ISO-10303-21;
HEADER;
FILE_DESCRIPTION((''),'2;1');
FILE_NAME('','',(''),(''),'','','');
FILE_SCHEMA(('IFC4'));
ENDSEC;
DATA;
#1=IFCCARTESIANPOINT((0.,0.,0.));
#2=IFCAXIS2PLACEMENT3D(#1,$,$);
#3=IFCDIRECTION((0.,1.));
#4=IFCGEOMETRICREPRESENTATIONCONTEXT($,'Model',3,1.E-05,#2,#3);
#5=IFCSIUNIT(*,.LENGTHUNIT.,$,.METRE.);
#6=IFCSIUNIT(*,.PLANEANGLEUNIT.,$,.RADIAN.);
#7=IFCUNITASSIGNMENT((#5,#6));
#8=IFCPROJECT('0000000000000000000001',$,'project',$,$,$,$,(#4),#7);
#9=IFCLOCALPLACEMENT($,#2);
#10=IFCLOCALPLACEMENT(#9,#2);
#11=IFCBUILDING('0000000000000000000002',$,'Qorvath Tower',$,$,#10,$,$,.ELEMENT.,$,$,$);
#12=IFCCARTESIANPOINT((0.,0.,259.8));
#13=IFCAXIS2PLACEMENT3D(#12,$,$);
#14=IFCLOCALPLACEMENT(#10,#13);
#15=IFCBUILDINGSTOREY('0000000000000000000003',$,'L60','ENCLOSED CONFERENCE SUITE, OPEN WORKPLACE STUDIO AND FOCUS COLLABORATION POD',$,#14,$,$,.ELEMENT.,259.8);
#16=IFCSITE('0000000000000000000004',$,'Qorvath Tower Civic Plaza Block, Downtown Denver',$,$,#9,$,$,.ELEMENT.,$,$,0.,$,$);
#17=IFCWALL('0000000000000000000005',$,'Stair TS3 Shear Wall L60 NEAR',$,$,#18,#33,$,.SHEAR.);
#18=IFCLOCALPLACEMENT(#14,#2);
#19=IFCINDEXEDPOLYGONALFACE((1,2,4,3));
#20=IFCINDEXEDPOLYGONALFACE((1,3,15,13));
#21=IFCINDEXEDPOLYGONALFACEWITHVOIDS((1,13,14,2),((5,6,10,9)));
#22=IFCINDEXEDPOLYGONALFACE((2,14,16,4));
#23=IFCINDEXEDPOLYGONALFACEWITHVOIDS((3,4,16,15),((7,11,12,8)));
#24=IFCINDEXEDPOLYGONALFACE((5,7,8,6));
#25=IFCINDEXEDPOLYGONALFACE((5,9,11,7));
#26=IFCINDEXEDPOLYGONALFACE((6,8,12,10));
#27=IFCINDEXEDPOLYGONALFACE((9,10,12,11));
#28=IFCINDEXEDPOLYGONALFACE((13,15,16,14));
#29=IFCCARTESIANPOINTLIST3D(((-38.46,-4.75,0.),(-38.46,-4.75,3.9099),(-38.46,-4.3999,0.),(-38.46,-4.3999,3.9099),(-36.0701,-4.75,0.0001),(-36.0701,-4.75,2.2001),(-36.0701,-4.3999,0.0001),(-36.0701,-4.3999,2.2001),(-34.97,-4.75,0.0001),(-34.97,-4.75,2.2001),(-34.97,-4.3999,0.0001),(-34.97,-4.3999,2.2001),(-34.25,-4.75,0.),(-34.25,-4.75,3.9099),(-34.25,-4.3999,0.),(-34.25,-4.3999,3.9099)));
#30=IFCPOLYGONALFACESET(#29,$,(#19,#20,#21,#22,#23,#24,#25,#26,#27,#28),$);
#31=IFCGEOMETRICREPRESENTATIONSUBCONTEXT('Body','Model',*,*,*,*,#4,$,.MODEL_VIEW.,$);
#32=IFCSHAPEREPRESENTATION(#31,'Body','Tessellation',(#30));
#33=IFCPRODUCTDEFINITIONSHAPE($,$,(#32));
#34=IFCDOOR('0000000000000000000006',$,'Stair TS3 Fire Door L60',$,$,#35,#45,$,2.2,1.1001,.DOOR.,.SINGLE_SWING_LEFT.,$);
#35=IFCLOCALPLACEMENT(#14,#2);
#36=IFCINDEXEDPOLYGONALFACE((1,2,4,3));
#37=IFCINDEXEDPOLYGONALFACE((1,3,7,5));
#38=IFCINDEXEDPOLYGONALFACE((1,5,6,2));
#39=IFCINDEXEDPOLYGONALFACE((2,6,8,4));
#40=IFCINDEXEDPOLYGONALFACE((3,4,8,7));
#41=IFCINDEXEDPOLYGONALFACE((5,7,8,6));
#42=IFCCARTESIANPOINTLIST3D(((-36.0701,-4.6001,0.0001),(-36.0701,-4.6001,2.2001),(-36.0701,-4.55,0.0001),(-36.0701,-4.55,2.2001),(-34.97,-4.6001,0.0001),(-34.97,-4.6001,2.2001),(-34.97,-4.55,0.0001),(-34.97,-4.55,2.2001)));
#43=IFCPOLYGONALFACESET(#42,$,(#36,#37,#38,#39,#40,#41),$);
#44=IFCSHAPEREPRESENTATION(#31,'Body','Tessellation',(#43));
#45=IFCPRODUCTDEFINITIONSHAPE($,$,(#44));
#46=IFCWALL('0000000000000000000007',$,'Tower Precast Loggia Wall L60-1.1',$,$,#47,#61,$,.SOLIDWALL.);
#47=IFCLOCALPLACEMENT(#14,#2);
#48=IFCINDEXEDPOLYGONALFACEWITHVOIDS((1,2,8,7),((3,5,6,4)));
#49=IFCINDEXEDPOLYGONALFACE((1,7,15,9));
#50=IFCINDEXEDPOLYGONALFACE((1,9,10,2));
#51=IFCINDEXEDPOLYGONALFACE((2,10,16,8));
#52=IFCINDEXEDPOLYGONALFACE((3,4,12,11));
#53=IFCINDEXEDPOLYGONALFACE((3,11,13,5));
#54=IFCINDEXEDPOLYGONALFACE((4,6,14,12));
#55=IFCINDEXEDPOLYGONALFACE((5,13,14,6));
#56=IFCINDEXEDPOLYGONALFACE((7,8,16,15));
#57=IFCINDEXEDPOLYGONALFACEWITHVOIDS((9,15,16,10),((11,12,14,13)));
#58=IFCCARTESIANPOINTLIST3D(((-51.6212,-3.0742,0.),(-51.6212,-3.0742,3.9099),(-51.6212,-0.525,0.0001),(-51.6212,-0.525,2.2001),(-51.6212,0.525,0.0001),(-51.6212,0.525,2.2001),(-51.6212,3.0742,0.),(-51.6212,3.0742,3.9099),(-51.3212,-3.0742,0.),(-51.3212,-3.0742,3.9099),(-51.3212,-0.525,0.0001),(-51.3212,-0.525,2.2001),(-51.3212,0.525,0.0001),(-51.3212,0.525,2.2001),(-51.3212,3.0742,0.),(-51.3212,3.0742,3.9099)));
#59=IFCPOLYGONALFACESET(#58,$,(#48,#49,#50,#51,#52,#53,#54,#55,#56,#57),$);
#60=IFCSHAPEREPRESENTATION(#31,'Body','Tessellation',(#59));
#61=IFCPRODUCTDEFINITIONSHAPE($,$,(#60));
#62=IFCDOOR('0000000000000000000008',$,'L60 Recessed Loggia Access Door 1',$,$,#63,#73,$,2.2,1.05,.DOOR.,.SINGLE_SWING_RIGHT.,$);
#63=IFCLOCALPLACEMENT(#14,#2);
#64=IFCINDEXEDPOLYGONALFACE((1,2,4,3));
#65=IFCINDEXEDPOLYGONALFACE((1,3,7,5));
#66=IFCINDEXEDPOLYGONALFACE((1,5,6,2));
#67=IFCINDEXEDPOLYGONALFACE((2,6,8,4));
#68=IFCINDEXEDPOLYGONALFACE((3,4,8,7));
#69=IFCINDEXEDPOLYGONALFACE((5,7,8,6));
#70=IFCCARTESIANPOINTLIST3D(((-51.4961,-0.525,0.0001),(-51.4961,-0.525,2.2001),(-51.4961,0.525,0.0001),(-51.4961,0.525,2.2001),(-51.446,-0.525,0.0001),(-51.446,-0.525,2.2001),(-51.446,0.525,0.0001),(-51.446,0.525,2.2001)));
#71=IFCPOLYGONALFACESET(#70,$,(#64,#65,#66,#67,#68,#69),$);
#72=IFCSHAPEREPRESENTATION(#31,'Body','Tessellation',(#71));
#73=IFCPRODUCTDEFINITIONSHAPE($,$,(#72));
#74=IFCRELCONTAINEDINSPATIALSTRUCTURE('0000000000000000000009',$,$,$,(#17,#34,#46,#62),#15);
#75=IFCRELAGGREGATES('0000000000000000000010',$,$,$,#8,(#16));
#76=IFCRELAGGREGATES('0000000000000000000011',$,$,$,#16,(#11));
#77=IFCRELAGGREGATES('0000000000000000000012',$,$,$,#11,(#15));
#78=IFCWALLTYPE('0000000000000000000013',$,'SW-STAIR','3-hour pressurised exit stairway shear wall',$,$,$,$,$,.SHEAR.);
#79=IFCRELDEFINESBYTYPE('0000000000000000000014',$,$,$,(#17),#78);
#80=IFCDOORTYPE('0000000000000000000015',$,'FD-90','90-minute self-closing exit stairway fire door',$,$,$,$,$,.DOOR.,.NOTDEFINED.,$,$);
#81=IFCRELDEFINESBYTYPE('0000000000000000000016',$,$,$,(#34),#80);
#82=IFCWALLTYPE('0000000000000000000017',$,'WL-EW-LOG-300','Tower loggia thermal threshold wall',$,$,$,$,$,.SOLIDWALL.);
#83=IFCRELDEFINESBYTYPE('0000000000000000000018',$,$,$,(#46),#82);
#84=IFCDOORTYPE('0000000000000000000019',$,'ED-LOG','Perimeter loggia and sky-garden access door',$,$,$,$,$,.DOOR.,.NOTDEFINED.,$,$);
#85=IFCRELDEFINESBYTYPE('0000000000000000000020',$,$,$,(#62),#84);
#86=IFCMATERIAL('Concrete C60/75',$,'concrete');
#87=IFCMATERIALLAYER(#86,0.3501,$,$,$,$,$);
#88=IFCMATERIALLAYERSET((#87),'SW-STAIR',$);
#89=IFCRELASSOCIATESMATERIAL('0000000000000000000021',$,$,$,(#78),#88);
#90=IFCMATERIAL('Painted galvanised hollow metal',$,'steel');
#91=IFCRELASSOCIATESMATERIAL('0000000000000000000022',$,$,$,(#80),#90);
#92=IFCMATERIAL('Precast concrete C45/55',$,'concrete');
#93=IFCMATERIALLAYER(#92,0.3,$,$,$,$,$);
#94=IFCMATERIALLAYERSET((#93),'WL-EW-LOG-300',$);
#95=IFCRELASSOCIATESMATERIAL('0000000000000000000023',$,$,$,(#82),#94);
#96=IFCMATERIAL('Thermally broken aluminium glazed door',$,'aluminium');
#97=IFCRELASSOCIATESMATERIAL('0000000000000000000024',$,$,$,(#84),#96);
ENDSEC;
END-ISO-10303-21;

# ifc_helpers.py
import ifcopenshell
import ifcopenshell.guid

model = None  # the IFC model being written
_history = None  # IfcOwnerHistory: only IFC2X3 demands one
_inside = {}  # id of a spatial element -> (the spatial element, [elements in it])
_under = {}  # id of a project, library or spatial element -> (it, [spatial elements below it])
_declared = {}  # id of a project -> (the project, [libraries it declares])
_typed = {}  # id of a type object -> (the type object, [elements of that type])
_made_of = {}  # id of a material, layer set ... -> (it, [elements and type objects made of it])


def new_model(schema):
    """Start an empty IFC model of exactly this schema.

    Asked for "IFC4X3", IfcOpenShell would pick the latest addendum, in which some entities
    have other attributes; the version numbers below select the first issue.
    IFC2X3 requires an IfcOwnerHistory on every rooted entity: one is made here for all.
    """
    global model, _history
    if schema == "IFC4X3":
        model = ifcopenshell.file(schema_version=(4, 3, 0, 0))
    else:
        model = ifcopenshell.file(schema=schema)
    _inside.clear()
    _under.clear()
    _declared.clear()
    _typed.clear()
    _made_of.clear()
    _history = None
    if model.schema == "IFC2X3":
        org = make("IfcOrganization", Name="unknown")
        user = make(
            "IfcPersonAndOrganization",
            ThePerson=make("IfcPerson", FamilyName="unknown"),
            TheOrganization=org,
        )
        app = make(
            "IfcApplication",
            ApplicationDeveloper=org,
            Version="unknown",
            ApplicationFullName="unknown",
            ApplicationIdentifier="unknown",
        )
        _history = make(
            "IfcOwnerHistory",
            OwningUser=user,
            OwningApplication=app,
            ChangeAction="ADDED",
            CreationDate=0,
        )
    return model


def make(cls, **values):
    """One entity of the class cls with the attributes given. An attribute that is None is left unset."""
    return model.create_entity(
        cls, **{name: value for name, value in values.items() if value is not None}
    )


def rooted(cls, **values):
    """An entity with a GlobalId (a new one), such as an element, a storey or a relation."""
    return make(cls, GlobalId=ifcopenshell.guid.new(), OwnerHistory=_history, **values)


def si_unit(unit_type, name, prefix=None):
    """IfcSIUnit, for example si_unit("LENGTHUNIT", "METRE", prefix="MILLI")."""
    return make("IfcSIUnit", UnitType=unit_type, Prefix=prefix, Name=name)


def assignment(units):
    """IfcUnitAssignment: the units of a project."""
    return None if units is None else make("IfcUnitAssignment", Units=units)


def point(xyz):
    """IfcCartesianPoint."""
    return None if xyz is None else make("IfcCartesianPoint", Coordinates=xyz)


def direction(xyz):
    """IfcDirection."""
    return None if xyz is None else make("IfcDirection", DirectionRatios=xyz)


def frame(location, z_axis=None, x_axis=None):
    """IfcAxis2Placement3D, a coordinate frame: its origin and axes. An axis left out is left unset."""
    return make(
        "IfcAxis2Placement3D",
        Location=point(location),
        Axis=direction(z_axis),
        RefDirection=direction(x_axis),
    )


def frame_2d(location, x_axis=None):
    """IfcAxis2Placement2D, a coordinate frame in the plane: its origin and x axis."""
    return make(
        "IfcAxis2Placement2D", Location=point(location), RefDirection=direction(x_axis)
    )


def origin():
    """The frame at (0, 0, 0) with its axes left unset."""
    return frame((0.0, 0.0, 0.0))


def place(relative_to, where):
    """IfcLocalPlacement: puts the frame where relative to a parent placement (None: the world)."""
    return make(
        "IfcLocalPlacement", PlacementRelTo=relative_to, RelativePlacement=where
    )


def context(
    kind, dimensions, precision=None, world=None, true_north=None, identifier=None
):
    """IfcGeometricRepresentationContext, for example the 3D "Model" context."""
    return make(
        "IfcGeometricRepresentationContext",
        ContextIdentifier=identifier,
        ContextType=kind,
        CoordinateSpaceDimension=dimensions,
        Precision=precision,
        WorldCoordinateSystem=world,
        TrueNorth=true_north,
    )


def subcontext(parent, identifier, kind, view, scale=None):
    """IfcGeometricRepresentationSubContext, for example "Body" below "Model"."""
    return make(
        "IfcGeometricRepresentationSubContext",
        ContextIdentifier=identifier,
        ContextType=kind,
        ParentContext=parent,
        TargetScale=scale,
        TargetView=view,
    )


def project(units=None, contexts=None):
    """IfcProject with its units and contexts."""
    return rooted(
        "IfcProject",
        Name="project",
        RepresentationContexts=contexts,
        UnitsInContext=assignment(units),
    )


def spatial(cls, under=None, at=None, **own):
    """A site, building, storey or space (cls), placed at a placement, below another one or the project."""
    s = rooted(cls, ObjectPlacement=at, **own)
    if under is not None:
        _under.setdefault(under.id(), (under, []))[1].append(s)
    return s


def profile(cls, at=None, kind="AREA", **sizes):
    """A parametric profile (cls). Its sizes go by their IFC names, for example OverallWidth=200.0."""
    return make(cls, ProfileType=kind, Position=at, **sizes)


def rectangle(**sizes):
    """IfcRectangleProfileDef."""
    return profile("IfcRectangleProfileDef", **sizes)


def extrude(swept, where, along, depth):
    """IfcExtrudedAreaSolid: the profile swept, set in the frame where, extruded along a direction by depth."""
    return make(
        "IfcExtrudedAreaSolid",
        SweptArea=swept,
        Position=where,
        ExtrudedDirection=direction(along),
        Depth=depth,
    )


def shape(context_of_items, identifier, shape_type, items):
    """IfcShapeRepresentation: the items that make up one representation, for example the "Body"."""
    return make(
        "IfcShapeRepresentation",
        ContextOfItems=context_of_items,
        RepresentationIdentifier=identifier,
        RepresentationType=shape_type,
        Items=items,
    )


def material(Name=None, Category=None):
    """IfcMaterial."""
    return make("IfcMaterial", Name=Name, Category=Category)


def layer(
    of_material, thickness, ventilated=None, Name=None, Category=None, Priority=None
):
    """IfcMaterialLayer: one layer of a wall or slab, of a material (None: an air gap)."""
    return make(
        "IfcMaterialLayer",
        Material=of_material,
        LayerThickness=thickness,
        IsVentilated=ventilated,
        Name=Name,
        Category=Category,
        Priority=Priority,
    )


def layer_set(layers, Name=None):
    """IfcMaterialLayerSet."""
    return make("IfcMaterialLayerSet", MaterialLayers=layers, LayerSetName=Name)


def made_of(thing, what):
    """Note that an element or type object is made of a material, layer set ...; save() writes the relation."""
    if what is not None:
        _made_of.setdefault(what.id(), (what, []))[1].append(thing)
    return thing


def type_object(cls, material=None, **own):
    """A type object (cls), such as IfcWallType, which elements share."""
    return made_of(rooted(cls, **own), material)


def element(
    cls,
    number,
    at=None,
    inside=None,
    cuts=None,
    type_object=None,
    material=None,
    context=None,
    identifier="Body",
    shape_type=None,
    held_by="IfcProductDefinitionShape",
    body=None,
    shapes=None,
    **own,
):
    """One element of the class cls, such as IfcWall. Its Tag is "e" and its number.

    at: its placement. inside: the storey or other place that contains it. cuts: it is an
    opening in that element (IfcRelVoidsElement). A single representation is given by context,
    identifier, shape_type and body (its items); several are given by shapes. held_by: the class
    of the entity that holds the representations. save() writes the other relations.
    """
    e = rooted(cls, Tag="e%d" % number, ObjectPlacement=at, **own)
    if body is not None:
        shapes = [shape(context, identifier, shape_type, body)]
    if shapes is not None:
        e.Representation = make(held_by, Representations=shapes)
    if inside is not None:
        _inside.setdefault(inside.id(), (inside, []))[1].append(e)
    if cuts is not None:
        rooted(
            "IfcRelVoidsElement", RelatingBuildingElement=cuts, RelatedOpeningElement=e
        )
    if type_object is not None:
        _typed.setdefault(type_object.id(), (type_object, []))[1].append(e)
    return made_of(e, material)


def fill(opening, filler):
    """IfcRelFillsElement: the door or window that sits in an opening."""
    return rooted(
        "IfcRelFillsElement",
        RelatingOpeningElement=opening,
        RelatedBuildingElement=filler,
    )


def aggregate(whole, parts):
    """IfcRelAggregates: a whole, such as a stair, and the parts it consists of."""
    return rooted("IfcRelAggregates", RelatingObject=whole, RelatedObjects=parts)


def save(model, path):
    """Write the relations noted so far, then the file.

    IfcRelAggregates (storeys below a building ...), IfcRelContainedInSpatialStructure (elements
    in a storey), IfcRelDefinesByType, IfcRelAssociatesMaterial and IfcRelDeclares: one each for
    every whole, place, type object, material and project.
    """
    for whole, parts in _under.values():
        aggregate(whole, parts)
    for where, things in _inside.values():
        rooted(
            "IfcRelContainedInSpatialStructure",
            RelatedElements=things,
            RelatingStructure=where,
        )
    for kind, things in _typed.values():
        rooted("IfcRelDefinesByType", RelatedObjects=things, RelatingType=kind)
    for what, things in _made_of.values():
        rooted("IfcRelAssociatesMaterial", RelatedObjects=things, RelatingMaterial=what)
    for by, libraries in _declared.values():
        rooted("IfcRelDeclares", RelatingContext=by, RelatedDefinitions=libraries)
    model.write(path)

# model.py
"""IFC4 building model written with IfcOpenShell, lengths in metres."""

from ifc_helpers import new_model, si_unit, direction, frame, frame_2d, origin, place, context, subcontext, project, spatial, rectangle, extrude, material, layer, layer_set, type_object, element, fill, save


model = new_model("IFC4")

# Units and contexts
model_context = context("Model", 3, precision=1e-05, world=origin(), true_north=direction((0.0, 1.0)))
body_context = subcontext(model_context, "Body", "Model", "MODEL_VIEW")
ifc_project = project(units=[si_unit("LENGTHUNIT", "METRE"), si_unit("PLANEANGLEUNIT", "RADIAN")], contexts=[model_context])

# Site, building, storey
site_placement = place(None, origin())
site = spatial("IfcSite", under=ifc_project, at=site_placement, Name="Qorvath Tower Civic Plaza Block, Downtown Denver", CompositionType="ELEMENT", RefElevation=0.0)
building_placement = place(site_placement, origin())
building = spatial("IfcBuilding", under=site, at=building_placement, Name="Qorvath Tower", CompositionType="ELEMENT")
storey_placement = place(building_placement, frame((0.0, 0.0, 259.8)))
storey = spatial("IfcBuildingStorey", under=building, at=storey_placement, Name="L60", Description="ENCLOSED CONFERENCE SUITE, OPEN WORKPLACE STUDIO AND FOCUS COLLABORATION POD", CompositionType="ELEMENT", Elevation=259.8)

# Walls, openings, doors
ifc_material_1 = material(Name="Concrete C60/75", Category="concrete")
ifc_layer_1 = layer(ifc_material_1, 0.3501)
ifc_layer_set_1 = layer_set([ifc_layer_1], Name="SW-STAIR")
wall_type_1 = type_object("IfcWallType", Name="SW-STAIR", Description="3-hour pressurised exit stairway shear wall", PredefinedType="SHEAR", material=ifc_layer_set_1)
wall_1_placement = place(storey_placement, frame((-38.46, -4.575, 0.0), z_axis=(0.0, 0.0, 1.0), x_axis=(1.0, 0.0, 0.0)))
wall_1 = element("IfcWall", 1, at=wall_1_placement, inside=storey, type_object=wall_type_1, Name="Stair TS3 Shear Wall L60 NEAR", PredefinedType="SHEAR", context=body_context, shape_type="SweptSolid", body=[
    extrude(rectangle(XDim=4.21, YDim=0.3501, at=frame_2d((2.105, 0.0))), origin(), (0.0, 0.0, 1.0), 3.9099),
])
opening_1_placement = place(wall_1_placement, frame((2.3899, 0.0, 0.0)))
opening_1 = element("IfcOpeningElement", 2, at=opening_1_placement, cuts=wall_1, PredefinedType="OPENING", context=body_context, shape_type="SweptSolid", body=[
    extrude(rectangle(XDim=1.1001, YDim=2.2, at=frame_2d((0.55, 1.1001))), frame((0.0, 0.1851, 0.0), z_axis=(0.0, -1.0, 0.0), x_axis=(1.0, 0.0, 0.0)), (0.0, 0.0, 1.0), 0.3701),
])
ifc_material_2 = material(Name="Painted galvanised hollow metal", Category="steel")
door_type_1 = type_object("IfcDoorType", Name="FD-90", Description="90-minute self-closing exit stairway fire door", OperationType="NOTDEFINED", PredefinedType="DOOR", material=ifc_material_2)
door_1_placement = place(opening_1_placement, origin())
door_1 = element("IfcDoor", 3, at=door_1_placement, inside=storey, type_object=door_type_1, Name="Stair TS3 Fire Door L60", OperationType="SINGLE_SWING_LEFT", OverallHeight=2.2, OverallWidth=1.1001, PredefinedType="DOOR", context=body_context, shape_type="SweptSolid", body=[
    extrude(rectangle(XDim=1.1001, YDim=2.2, at=frame_2d((0.55, 1.1001))), frame((0.0, 0.0249, 0.0), z_axis=(0.0, -1.0, 0.0), x_axis=(1.0, 0.0, 0.0)), (0.0, 0.0, 1.0), 0.05),
])
fill(opening_1, door_1)
ifc_material_3 = material(Name="Precast concrete C45/55", Category="concrete")
ifc_layer_2 = layer(ifc_material_3, 0.3)
ifc_layer_set_2 = layer_set([ifc_layer_2], Name="WL-EW-LOG-300")
wall_type_2 = type_object("IfcWallType", Name="WL-EW-LOG-300", Description="Tower loggia thermal threshold wall", PredefinedType="SOLIDWALL", material=ifc_layer_set_2)
wall_2_placement = place(storey_placement, frame((-51.4712, -3.0742, 0.0), z_axis=(0.0, 0.0, 1.0), x_axis=(0.0, 1.0, 0.0)))
wall_2 = element("IfcWall", 4, at=wall_2_placement, inside=storey, type_object=wall_type_2, Name="Tower Precast Loggia Wall L60-1.1", PredefinedType="SOLIDWALL", context=body_context, shape_type="SweptSolid", body=[
    extrude(rectangle(XDim=6.1484, YDim=0.3, at=frame_2d((3.0742, 0.0))), origin(), (0.0, 0.0, 1.0), 3.9099),
])
opening_2_placement = place(wall_2_placement, frame((2.5493, 0.0, 0.0)))
opening_2 = element("IfcOpeningElement", 5, at=opening_2_placement, cuts=wall_2, PredefinedType="OPENING", context=body_context, shape_type="SweptSolid", body=[
    extrude(rectangle(XDim=1.05, YDim=2.2, at=frame_2d((0.5249, 1.1001))), frame((0.0, 0.1602, 0.0), z_axis=(0.0, -1.0, 0.0), x_axis=(1.0, 0.0, 0.0)), (0.0, 0.0, 1.0), 0.3201),
])
ifc_material_4 = material(Name="Thermally broken aluminium glazed door", Category="aluminium")
door_type_2 = type_object("IfcDoorType", Name="ED-LOG", Description="Perimeter loggia and sky-garden access door", OperationType="NOTDEFINED", PredefinedType="DOOR", material=ifc_material_4)
door_2_placement = place(opening_2_placement, origin())
door_2 = element("IfcDoor", 6, at=door_2_placement, inside=storey, type_object=door_type_2, Name="L60 Recessed Loggia Access Door 1", OperationType="SINGLE_SWING_RIGHT", OverallHeight=2.2, OverallWidth=1.05, PredefinedType="DOOR", context=body_context, shape_type="SweptSolid", body=[
    extrude(rectangle(XDim=1.05, YDim=2.2, at=frame_2d((0.5249, 1.1001))), frame((0.0, 0.0249, 0.0), z_axis=(0.0, -1.0, 0.0), x_axis=(1.0, 0.0, 0.0)), (0.0, 0.0, 1.0), 0.05),
])
fill(opening_2, door_2)

save(model, "model.ifc")
